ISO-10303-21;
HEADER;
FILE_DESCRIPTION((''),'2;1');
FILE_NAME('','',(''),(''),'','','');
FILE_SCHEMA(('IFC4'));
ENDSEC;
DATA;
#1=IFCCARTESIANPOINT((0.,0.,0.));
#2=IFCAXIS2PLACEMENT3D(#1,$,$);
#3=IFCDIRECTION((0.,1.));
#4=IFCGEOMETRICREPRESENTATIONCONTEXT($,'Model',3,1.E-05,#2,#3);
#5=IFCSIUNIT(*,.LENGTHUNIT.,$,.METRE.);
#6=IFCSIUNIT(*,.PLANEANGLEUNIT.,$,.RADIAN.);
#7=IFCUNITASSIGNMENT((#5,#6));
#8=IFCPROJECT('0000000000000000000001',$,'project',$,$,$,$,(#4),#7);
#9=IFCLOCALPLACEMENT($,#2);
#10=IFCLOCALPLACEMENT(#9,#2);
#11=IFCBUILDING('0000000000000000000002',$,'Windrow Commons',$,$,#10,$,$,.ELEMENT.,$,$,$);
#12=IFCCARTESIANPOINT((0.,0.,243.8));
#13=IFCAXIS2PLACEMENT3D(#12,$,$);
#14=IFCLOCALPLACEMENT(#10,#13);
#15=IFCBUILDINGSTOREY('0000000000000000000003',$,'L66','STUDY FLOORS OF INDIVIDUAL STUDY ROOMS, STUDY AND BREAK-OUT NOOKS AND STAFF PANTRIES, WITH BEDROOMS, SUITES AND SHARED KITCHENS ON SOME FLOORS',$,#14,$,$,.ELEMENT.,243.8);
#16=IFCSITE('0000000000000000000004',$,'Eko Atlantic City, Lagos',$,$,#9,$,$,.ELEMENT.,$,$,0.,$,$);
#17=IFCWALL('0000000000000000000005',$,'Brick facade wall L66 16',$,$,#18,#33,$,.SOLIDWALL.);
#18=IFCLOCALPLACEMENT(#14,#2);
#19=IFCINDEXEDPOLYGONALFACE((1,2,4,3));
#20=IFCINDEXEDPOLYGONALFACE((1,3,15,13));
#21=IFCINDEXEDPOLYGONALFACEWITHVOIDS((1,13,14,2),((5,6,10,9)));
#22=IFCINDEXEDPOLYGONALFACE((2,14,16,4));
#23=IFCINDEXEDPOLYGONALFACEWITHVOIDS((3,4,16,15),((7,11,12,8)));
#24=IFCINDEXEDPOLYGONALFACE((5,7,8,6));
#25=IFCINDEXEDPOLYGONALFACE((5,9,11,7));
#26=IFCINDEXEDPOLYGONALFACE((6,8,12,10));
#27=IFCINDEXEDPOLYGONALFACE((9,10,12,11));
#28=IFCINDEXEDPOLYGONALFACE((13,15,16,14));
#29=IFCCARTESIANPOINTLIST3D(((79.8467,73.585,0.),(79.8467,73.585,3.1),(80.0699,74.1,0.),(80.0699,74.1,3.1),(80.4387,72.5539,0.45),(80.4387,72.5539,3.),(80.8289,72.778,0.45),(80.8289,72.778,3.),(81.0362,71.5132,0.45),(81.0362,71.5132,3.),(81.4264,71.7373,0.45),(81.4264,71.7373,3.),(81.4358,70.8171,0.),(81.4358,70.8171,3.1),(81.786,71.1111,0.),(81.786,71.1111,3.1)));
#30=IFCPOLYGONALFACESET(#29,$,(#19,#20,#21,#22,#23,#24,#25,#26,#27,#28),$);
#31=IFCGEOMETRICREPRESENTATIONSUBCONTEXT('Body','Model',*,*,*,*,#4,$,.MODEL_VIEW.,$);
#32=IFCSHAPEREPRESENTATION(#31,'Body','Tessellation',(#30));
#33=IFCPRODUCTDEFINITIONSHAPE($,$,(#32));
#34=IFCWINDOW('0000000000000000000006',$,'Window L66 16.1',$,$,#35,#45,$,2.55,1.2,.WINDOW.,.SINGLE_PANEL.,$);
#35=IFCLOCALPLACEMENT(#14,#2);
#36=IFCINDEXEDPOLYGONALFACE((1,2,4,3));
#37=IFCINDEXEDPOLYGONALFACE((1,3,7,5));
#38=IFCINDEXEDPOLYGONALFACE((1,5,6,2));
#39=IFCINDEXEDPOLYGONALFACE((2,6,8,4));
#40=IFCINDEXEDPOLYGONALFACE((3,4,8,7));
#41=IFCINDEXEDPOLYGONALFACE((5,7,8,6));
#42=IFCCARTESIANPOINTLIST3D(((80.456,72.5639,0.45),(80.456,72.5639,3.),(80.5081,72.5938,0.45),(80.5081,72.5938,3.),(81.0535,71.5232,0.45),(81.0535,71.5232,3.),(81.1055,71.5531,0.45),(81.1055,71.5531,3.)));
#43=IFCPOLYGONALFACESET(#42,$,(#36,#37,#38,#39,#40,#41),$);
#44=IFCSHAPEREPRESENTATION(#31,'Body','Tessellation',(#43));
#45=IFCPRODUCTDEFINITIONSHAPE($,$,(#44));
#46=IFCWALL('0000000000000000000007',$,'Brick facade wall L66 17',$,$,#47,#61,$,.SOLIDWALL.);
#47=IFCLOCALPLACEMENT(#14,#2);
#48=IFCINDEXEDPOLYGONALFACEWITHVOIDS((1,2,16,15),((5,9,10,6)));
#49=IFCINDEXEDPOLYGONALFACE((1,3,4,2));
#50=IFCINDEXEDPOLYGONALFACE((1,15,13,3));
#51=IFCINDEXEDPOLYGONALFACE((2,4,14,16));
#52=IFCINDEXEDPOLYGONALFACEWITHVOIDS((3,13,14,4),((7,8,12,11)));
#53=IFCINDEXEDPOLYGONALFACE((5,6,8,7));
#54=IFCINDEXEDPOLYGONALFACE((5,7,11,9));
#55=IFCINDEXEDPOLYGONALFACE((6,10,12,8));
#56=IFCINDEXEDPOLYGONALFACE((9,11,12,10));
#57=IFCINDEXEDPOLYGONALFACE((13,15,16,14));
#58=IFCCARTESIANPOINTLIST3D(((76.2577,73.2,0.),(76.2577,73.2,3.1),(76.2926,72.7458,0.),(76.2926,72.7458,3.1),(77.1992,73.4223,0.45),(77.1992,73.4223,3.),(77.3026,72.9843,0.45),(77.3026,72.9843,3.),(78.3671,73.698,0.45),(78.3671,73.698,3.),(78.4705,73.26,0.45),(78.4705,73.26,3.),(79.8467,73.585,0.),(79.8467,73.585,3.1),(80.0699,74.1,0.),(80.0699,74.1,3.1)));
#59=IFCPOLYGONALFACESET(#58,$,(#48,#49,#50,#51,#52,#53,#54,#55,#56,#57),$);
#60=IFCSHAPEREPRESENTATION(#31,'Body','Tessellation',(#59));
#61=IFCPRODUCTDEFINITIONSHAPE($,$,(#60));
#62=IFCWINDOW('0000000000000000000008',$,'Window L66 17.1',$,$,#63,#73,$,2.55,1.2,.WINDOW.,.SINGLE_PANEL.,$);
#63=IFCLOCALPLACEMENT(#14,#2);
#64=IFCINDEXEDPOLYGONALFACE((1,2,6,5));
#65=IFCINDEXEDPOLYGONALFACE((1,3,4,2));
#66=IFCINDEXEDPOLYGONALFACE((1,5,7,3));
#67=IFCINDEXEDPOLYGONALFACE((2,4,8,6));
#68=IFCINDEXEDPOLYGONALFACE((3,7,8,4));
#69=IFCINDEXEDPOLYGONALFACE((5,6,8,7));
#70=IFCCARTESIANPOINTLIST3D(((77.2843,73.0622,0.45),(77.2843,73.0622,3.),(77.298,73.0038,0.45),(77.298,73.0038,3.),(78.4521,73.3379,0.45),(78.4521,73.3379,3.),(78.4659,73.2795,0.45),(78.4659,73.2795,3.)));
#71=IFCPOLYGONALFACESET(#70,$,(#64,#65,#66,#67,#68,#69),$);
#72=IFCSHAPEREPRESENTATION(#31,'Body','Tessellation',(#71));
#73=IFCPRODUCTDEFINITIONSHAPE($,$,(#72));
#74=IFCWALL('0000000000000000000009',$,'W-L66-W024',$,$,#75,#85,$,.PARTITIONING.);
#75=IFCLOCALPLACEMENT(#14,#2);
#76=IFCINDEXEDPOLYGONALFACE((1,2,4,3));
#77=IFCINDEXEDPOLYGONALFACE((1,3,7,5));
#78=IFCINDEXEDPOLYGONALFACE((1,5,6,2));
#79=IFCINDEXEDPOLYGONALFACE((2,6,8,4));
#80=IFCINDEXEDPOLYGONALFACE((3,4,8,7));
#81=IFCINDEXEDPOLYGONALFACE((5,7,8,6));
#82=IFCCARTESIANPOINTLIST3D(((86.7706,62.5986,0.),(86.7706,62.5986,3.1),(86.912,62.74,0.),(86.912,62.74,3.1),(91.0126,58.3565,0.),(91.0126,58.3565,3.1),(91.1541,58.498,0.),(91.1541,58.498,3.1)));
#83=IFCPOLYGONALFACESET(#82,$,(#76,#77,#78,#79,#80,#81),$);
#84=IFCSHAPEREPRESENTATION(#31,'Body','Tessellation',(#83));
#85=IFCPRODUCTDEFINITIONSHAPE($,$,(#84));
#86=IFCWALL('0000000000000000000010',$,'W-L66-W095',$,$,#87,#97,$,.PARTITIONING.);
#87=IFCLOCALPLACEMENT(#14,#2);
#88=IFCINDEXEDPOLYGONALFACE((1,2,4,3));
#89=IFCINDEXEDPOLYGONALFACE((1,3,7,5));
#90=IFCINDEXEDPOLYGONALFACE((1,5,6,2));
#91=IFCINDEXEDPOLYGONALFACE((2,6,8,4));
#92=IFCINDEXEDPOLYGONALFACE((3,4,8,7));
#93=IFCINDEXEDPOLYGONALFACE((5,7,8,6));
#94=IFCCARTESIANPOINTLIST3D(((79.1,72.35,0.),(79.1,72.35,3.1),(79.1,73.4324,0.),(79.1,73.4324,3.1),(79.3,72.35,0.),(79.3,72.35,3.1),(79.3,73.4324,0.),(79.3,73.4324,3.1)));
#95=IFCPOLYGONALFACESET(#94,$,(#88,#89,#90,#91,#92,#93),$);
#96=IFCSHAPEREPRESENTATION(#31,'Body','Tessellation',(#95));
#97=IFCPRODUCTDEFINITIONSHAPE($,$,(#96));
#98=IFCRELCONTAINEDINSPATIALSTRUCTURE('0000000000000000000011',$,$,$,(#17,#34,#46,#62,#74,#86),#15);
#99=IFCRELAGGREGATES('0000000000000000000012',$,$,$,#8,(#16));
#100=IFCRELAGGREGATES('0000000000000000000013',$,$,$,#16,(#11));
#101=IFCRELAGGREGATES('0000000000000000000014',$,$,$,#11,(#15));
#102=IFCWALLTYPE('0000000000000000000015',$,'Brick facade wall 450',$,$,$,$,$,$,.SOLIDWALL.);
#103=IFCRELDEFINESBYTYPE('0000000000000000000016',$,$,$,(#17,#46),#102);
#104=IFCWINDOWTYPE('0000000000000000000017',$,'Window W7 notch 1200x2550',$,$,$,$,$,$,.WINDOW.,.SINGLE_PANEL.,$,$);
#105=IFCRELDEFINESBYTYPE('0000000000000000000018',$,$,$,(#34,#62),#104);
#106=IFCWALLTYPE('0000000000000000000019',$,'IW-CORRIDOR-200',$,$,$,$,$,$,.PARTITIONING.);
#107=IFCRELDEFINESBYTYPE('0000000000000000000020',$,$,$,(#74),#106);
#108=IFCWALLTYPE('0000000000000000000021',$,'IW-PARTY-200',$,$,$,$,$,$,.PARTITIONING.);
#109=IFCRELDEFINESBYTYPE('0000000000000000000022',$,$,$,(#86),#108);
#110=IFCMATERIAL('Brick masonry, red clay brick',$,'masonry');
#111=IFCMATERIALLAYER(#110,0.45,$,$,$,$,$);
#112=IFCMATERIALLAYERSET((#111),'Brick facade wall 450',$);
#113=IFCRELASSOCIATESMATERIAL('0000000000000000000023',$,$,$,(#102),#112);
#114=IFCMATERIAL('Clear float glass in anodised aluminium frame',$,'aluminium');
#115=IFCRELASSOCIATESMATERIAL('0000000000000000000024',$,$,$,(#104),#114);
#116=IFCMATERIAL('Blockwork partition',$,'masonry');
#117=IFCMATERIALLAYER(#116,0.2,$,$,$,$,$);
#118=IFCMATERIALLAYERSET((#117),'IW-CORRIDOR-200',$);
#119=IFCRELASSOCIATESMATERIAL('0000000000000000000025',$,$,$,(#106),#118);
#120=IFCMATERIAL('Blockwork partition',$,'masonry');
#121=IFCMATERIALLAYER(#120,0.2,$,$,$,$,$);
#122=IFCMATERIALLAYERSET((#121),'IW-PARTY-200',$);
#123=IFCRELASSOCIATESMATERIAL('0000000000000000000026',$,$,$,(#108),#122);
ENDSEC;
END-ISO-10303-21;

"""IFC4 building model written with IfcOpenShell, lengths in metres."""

from ifc_helpers import new_model, si_unit, direction, frame, frame_2d, origin, place, context, subcontext, project, spatial, polyline, rectangle, outline, extrude, material, layer, layer_set, type_object, element, fill, save


model = new_model("IFC4")

# Units and contexts
model_context = context("Model", 3, precision=1e-05, world=origin(), true_north=direction((0.0, 1.0)))
body_context = subcontext(model_context, "Body", "Model", "MODEL_VIEW")
ifc_project = project(units=[si_unit("LENGTHUNIT", "METRE"), si_unit("PLANEANGLEUNIT", "RADIAN")], contexts=[model_context])

# Site, building, storey
site_placement = place(None, origin())
site = spatial("IfcSite", under=ifc_project, at=site_placement, Name="Eko Atlantic City, Lagos", CompositionType="ELEMENT", RefElevation=0.0)
building_placement = place(site_placement, origin())
building = spatial("IfcBuilding", under=site, at=building_placement, Name="Windrow Commons", CompositionType="ELEMENT")
storey_placement = place(building_placement, frame((0.0, 0.0, 243.8)))
storey = spatial("IfcBuildingStorey", under=building, at=storey_placement, Name="L66", Description="STUDY FLOORS OF INDIVIDUAL STUDY ROOMS, STUDY AND BREAK-OUT NOOKS AND STAFF PANTRIES, WITH BEDROOMS, SUITES AND SHARED KITCHENS ON SOME FLOORS", CompositionType="ELEMENT", Elevation=243.8)

# Shared definitions
ifc_material_1 = material(Name="Brick masonry, red clay brick", Category="masonry")
ifc_layer_1 = layer(ifc_material_1, 0.45)
ifc_layer_set_1 = layer_set([ifc_layer_1], Name="Brick facade wall 450")
wall_type_1 = type_object("IfcWallType", Name="Brick facade wall 450", PredefinedType="SOLIDWALL", material=ifc_layer_set_1)
ifc_material_2 = material(Name="Clear float glass in anodised aluminium frame", Category="aluminium")
window_type = type_object("IfcWindowType", Name="Window W7 notch 1200x2550", PartitioningType="SINGLE_PANEL", PredefinedType="WINDOW", material=ifc_material_2)

# Walls, openings, windows
wall_1_placement = place(storey_placement, frame((81.6109, 70.9641, 0.0), z_axis=(0.0, 0.0, 1.0), x_axis=(-0.497909, 0.867229, 0.0)))
wall_1 = element("IfcWall", 1, at=wall_1_placement, inside=storey, type_object=wall_type_1, Name="Brick facade wall L66 16", PredefinedType="SOLIDWALL", context=body_context, shape_type="SweptSolid", body=[
    extrude(outline(polyline([(0.0403, -0.225), (3.4868, -0.225), (3.1513, 0.225), (-0.0403, 0.225), (0.0403, -0.225)])), origin(), (0.0, 0.0, 1.0), 3.1),
])
opening_1_placement = place(wall_1_placement, frame((0.7624, 0.0, 0.45)))
opening_1 = element("IfcOpeningElement", 2, at=opening_1_placement, cuts=wall_1, PredefinedType="OPENING", context=body_context, shape_type="SweptSolid", body=[
    extrude(rectangle(XDim=1.2, YDim=2.55, at=frame_2d((0.6, 1.275))), frame((0.0, 0.235, 0.0), z_axis=(0.0, -1.0, 0.0), x_axis=(1.0, 0.0, 0.0)), (0.0, 0.0, 1.0), 0.47),
])
window_1_placement = place(opening_1_placement, origin())
window_1 = element("IfcWindow", 3, at=window_1_placement, inside=storey, type_object=window_type, Name="Window L66 16.1", OverallHeight=2.55, OverallWidth=1.2, PartitioningType="SINGLE_PANEL", PredefinedType="WINDOW", context=body_context, shape_type="SweptSolid", body=[
    extrude(rectangle(XDim=1.2, YDim=2.55, at=frame_2d((0.6, 1.275))), frame((0.0, 0.205, 0.0), z_axis=(0.0, -1.0, 0.0), x_axis=(1.0, 0.0, 0.0)), (0.0, 0.0, 1.0), 0.06),
])
fill(opening_1, window_1)
wall_2_placement = place(storey_placement, frame((79.9583, 73.8425, 0.0), z_axis=(0.0, 0.0, 1.0), x_axis=(-0.973241, -0.229787, 0.0)))
wall_2 = element("IfcWall", 4, at=wall_2_placement, inside=storey, type_object=wall_type_1, Name="Brick facade wall L66 17", PredefinedType="SOLIDWALL", context=body_context, shape_type="SweptSolid", body=[
    extrude(outline(polyline([(-0.1678, -0.225), (3.7492, -0.225), (3.8196, 0.225), (0.1678, 0.225), (-0.1678, -0.225)])), origin(), (0.0, 0.0, 1.0), 3.1),
])
opening_2_placement = place(wall_2_placement, frame((1.5818, 0.0, 0.45)))
opening_2 = element("IfcOpeningElement", 5, at=opening_2_placement, cuts=wall_2, PredefinedType="OPENING", context=body_context, shape_type="SweptSolid", body=[
    extrude(rectangle(XDim=1.2, YDim=2.55, at=frame_2d((0.6, 1.275))), frame((0.0, 0.235, 0.0), z_axis=(0.0, -1.0, 0.0), x_axis=(1.0, 0.0, 0.0)), (0.0, 0.0, 1.0), 0.47),
])
window_2_placement = place(opening_2_placement, origin())
window_2 = element("IfcWindow", 6, at=window_2_placement, inside=storey, type_object=window_type, Name="Window L66 17.1", OverallHeight=2.55, OverallWidth=1.2, PartitioningType="SINGLE_PANEL", PredefinedType="WINDOW", context=body_context, shape_type="SweptSolid", body=[
    extrude(rectangle(XDim=1.2, YDim=2.55, at=frame_2d((0.6, 1.275))), frame((0.0, 0.205, 0.0), z_axis=(0.0, -1.0, 0.0), x_axis=(1.0, 0.0, 0.0)), (0.0, 0.0, 1.0), 0.06),
])
fill(opening_2, window_2)

# Walls
ifc_material_3 = material(Name="Blockwork partition", Category="masonry")
ifc_layer_2 = layer(ifc_material_3, 0.2)
ifc_layer_set_2 = layer_set([ifc_layer_2], Name="IW-CORRIDOR-200")
wall_type_2 = type_object("IfcWallType", Name="IW-CORRIDOR-200", PredefinedType="PARTITIONING", material=ifc_layer_set_2)
wall_3_placement = place(storey_placement, frame((86.8413, 62.6693, 0.0), z_axis=(0.0, 0.0, 1.0), x_axis=(0.707107, -0.707107, 0.0)))
element("IfcWall", 7, at=wall_3_placement, inside=storey, type_object=wall_type_2, Name="W-L66-W024", PredefinedType="PARTITIONING", context=body_context, shape_type="SweptSolid", body=[
    extrude(rectangle(XDim=5.9991, YDim=0.2, at=frame_2d((2.9996, 0.0))), origin(), (0.0, 0.0, 1.0), 3.1),
])
ifc_material_4 = material(Name="Blockwork partition", Category="masonry")
ifc_layer_3 = layer(ifc_material_4, 0.2)
ifc_layer_set_3 = layer_set([ifc_layer_3], Name="IW-PARTY-200")
wall_type_3 = type_object("IfcWallType", Name="IW-PARTY-200", PredefinedType="PARTITIONING", material=ifc_layer_set_3)
wall_4_placement = place(storey_placement, frame((79.2, 72.35, 0.0), z_axis=(0.0, 0.0, 1.0), x_axis=(0.0, 1.0, 0.0)))
element("IfcWall", 8, at=wall_4_placement, inside=storey, type_object=wall_type_3, Name="W-L66-W095", PredefinedType="PARTITIONING", context=body_context, shape_type="SweptSolid", body=[
    extrude(rectangle(XDim=1.0823, YDim=0.2, at=frame_2d((0.5412, 0.0))), origin(), (0.0, 0.0, 1.0), 3.1),
])

save(model, "model.ifc")
